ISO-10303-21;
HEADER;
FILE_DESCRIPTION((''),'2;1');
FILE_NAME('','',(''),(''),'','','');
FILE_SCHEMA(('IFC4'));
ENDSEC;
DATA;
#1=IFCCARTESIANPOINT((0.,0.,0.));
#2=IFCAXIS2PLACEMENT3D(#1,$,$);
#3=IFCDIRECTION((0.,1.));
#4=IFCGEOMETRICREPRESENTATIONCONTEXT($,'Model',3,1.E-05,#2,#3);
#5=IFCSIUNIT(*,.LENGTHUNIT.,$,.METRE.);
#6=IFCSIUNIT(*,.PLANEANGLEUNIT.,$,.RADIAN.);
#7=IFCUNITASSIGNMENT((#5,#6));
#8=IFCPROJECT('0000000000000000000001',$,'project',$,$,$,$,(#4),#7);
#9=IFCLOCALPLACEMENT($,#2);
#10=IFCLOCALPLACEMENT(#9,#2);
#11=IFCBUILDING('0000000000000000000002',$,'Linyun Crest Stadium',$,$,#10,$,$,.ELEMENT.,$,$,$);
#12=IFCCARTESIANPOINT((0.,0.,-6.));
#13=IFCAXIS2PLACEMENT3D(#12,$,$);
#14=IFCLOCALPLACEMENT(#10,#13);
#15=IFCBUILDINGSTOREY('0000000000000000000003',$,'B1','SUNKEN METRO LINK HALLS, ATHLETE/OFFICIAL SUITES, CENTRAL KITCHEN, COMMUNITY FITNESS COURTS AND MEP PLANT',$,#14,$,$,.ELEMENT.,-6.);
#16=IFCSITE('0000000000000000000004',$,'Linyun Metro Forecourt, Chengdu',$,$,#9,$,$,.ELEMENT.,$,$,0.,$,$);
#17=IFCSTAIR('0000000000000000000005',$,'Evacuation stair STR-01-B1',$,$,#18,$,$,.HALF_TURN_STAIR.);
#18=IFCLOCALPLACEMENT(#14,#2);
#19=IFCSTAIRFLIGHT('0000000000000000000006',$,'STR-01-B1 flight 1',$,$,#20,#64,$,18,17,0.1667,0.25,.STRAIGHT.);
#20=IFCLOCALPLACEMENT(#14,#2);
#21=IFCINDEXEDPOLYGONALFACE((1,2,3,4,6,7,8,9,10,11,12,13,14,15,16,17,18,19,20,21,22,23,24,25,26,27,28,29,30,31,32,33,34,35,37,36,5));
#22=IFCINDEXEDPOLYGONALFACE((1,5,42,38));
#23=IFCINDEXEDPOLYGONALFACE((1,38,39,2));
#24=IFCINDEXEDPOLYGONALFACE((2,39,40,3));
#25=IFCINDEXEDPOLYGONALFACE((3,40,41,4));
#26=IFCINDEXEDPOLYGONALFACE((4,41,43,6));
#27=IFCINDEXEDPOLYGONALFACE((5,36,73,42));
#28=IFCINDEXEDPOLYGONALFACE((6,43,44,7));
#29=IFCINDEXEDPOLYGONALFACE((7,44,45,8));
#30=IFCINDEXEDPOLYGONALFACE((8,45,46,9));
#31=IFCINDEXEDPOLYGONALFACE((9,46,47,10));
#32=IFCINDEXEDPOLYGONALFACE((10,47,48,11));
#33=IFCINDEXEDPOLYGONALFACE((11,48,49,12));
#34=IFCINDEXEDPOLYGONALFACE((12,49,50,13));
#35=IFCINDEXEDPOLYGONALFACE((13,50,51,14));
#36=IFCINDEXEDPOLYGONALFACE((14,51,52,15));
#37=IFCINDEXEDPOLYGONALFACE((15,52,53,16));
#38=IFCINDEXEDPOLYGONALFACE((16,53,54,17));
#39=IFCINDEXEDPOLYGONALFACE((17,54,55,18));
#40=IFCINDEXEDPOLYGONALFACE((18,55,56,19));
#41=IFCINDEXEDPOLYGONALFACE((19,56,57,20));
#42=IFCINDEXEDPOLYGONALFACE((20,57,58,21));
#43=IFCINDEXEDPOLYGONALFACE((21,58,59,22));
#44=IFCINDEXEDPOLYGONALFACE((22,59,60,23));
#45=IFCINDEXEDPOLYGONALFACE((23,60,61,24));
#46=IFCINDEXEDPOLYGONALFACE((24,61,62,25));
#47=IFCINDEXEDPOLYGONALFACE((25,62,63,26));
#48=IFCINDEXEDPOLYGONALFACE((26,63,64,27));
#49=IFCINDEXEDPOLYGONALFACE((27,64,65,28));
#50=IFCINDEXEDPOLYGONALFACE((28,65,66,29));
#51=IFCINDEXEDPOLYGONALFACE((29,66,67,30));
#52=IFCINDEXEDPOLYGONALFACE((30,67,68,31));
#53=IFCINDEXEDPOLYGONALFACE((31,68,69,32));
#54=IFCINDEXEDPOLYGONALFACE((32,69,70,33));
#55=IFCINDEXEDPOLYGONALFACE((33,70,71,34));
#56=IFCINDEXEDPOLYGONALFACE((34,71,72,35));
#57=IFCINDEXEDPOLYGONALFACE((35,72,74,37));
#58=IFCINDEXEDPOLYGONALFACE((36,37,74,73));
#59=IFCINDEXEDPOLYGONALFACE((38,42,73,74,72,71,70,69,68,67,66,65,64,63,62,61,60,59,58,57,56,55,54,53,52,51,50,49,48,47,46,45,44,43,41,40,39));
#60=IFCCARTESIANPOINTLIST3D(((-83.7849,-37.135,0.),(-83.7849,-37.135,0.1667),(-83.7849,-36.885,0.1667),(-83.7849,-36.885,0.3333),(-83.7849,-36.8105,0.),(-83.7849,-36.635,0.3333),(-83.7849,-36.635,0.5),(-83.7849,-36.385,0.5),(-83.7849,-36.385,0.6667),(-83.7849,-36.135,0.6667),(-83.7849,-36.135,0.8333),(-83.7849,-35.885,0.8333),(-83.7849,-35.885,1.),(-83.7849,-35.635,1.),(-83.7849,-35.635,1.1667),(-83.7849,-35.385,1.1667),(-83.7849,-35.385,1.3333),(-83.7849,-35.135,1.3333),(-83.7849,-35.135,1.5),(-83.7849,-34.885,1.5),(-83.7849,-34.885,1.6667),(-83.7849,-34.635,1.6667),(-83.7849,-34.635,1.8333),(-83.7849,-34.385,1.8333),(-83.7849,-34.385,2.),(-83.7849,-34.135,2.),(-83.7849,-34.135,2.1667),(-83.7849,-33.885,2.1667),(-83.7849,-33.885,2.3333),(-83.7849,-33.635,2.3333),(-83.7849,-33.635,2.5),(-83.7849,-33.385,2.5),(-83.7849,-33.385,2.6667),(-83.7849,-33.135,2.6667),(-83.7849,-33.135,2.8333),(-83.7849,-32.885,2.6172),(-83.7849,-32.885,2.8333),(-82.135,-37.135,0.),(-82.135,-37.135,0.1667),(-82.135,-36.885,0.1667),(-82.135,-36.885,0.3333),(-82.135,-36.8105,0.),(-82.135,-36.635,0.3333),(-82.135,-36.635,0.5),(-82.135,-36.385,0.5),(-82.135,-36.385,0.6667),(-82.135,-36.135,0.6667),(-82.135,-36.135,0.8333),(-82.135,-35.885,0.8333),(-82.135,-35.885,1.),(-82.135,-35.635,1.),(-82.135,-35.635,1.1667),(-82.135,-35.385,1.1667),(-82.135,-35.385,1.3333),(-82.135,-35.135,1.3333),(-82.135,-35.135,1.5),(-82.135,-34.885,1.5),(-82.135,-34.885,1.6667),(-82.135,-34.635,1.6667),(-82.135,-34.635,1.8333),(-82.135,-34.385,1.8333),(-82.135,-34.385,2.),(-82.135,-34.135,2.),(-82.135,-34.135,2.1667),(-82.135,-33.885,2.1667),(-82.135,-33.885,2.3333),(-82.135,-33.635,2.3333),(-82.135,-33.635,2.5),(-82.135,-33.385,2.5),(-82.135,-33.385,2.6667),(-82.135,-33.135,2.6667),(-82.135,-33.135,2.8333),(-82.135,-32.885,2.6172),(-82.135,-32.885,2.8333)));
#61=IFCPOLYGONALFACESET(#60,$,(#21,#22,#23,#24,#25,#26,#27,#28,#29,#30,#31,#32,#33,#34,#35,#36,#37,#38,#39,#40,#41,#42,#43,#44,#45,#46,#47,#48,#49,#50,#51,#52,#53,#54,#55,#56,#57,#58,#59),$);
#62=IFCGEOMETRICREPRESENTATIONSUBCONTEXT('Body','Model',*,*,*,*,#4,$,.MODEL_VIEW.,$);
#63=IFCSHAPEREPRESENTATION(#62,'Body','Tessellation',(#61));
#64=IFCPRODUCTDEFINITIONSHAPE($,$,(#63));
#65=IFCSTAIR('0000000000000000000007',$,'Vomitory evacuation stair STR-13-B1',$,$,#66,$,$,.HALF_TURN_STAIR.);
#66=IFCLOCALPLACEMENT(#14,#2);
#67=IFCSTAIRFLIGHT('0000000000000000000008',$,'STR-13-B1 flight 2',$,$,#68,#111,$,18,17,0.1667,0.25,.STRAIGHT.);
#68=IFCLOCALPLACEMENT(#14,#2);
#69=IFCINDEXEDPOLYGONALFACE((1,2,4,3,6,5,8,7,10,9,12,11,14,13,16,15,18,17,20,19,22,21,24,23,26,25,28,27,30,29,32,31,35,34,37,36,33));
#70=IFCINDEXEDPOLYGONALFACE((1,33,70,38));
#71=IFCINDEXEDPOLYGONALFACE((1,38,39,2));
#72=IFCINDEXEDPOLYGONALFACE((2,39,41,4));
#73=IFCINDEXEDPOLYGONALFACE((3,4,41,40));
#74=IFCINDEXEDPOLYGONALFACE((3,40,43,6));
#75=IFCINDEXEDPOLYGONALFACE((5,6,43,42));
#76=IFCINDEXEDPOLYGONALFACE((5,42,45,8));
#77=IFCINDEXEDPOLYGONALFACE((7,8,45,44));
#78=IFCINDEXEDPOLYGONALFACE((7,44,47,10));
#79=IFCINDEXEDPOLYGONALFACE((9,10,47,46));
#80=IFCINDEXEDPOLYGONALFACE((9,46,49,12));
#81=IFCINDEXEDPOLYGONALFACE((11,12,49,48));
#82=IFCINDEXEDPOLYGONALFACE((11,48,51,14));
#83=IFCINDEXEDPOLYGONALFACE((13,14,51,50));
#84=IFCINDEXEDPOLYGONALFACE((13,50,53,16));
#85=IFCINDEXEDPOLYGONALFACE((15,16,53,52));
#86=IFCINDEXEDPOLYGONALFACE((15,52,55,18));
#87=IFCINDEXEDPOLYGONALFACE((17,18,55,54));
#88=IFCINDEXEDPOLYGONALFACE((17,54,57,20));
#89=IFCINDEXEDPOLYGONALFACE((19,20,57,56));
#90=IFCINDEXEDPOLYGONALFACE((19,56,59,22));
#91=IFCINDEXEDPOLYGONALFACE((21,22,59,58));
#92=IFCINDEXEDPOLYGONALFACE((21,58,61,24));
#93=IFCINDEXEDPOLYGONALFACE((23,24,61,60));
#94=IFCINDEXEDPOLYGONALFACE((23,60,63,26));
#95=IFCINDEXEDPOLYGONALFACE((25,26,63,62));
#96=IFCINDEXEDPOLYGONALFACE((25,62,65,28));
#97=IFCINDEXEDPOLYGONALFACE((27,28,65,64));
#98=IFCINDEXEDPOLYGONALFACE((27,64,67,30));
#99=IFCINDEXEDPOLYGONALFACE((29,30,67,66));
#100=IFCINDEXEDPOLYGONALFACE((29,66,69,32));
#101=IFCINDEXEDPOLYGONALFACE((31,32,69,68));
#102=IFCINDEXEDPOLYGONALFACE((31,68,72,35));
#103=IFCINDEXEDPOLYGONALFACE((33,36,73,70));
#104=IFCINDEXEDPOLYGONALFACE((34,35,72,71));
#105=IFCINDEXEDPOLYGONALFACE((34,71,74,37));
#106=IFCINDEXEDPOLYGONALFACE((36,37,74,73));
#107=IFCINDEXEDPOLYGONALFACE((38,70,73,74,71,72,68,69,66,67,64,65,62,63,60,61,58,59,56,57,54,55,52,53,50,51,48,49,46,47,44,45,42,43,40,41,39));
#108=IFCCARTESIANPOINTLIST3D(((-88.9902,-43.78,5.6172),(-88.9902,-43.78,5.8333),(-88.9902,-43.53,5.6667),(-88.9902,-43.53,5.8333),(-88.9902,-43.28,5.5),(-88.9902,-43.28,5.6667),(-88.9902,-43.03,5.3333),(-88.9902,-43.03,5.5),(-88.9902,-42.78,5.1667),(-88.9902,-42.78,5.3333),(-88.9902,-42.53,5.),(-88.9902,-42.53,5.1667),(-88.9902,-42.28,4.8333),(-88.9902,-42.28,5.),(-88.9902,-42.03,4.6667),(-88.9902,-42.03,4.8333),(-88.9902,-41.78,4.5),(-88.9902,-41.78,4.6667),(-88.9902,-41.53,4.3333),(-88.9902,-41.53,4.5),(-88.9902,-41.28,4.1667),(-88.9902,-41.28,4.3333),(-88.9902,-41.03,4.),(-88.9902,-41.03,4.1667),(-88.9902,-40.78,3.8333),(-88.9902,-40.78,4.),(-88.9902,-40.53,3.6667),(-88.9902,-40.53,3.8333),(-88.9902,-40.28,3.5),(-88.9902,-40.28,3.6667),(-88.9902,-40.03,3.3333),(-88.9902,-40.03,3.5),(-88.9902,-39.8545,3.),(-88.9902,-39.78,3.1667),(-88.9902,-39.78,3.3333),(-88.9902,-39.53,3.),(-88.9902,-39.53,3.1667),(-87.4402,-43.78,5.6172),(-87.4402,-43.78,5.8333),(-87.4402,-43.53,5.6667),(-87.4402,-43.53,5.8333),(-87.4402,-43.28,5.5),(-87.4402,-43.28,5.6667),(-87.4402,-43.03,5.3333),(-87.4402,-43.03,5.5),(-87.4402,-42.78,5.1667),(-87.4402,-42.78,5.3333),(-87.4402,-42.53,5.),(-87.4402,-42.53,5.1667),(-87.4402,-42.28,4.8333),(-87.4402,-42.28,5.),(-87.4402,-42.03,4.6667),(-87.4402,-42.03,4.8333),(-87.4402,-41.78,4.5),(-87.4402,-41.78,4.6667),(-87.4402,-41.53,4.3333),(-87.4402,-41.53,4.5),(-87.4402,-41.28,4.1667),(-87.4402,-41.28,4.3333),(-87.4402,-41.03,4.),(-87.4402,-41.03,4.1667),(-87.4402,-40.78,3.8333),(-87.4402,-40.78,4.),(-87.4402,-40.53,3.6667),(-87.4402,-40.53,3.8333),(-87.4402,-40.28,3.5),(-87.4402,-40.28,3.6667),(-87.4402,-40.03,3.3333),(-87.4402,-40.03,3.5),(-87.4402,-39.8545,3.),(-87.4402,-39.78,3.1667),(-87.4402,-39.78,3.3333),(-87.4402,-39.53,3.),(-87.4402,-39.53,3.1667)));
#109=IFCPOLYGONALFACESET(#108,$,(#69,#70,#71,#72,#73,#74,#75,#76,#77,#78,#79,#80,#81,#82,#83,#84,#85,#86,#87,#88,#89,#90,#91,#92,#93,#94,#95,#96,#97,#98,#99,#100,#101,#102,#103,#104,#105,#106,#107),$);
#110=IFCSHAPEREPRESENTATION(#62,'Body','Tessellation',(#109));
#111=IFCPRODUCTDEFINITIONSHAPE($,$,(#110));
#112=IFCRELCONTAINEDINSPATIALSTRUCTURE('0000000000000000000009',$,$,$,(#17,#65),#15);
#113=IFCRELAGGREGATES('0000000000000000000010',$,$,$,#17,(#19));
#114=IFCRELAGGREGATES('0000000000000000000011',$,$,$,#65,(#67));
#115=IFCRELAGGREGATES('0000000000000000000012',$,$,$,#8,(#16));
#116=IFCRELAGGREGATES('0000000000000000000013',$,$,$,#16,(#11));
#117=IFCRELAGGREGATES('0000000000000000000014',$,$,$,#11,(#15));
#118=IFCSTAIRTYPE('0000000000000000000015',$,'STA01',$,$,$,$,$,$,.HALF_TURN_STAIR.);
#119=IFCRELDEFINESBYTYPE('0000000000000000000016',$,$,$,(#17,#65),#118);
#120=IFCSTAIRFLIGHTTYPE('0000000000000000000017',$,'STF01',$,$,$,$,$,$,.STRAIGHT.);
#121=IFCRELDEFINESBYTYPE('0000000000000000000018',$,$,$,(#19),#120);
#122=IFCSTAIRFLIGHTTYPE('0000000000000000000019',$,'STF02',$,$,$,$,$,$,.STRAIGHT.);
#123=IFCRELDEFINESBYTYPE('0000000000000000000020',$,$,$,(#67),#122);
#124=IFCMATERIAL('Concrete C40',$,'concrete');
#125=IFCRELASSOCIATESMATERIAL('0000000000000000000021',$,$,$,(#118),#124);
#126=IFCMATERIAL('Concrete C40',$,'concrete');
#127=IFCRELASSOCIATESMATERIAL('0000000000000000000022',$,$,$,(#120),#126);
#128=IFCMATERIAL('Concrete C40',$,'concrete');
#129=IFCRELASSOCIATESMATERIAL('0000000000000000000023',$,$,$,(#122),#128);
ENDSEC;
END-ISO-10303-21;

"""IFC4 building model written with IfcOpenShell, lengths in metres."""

from ifc_helpers import new_model, si_unit, direction, frame, origin, place, context, subcontext, project, spatial, polyline, outline, extrude, material, type_object, element, aggregate, save


model = new_model("IFC4")

# Units and contexts
model_context = context("Model", 3, precision=1e-05, world=origin(), true_north=direction((0.0, 1.0)))
body_context = subcontext(model_context, "Body", "Model", "MODEL_VIEW")
ifc_project = project(units=[si_unit("LENGTHUNIT", "METRE"), si_unit("PLANEANGLEUNIT", "RADIAN")], contexts=[model_context])

# Site, building, storey
site_placement = place(None, origin())
site = spatial("IfcSite", under=ifc_project, at=site_placement, Name="Linyun Metro Forecourt, Chengdu", CompositionType="ELEMENT", RefElevation=0.0)
building_placement = place(site_placement, origin())
building = spatial("IfcBuilding", under=site, at=building_placement, Name="Linyun Crest Stadium", CompositionType="ELEMENT")
storey_placement = place(building_placement, frame((0.0, 0.0, -6.0)))
storey = spatial("IfcBuildingStorey", under=building, at=storey_placement, Name="B1", Description="SUNKEN METRO LINK HALLS, ATHLETE/OFFICIAL SUITES, CENTRAL KITCHEN, COMMUNITY FITNESS COURTS AND MEP PLANT", CompositionType="ELEMENT", Elevation=-6.0)

# Stairs, stair flights
ifc_material_1 = material(Name="Concrete C40", Category="concrete")
stair_type = type_object("IfcStairType", Name="STA01", PredefinedType="HALF_TURN_STAIR", material=ifc_material_1)
stair_1_placement = place(storey_placement, origin())
stair_1 = element("IfcStair", 1, at=stair_1_placement, inside=storey, type_object=stair_type, Name="Evacuation stair STR-01-B1", PredefinedType="HALF_TURN_STAIR")
ifc_material_2 = material(Name="Concrete C40", Category="concrete")
stair_flight_type_1 = type_object("IfcStairFlightType", Name="STF01", PredefinedType="STRAIGHT", material=ifc_material_2)
stair_flight_1_placement = place(storey_placement, frame((-82.96, -37.135, 0.0), z_axis=(0.0, 0.0, 1.0), x_axis=(0.0, 1.0, 0.0)))
stair_flight_1 = element("IfcStairFlight", 2, at=stair_flight_1_placement, type_object=stair_flight_type_1, Name="STR-01-B1 flight 1", NumberOfRisers=18, NumberOfTreads=17, PredefinedType="STRAIGHT", RiserHeight=0.1667, TreadLength=0.25, context=body_context, shape_type="SweptSolid", body=[
    extrude(outline(polyline([(0.0, 0.0), (0.0, 0.1667), (0.25, 0.1667), (0.25, 0.3333), (0.5, 0.3333), (0.5, 0.5), (0.75, 0.5), (0.75, 0.6667), (1.0, 0.6667), (1.0, 0.8333), (1.25, 0.8333), (1.25, 1.0), (1.5, 1.0), (1.5, 1.1667), (1.75, 1.1667), (1.75, 1.3333), (2.0, 1.3333), (2.0, 1.5), (2.25, 1.5), (2.25, 1.6667), (2.5, 1.6667), (2.5, 1.8333), (2.75, 1.8333), (2.75, 2.0), (3.0, 2.0), (3.0, 2.1667), (3.25, 2.1667), (3.25, 2.3333), (3.5, 2.3333), (3.5, 2.5), (3.75, 2.5), (3.75, 2.6667), (4.0, 2.6667), (4.0, 2.8333), (4.25, 2.8333), (4.25, 3.0), (4.25, 2.6172), (0.3245, 0.0), (0.0, 0.0)])), frame((0.0, 0.825, 0.0), z_axis=(0.0, -1.0, 0.0), x_axis=(1.0, 0.0, 0.0)), (0.0, 0.0, 1.0), 1.6499),
])
aggregate(stair_1, [stair_flight_1])
stair_2_placement = place(storey_placement, origin())
stair_2 = element("IfcStair", 3, at=stair_2_placement, inside=storey, type_object=stair_type, Name="Vomitory evacuation stair STR-13-B1", PredefinedType="HALF_TURN_STAIR")
ifc_material_3 = material(Name="Concrete C40", Category="concrete")
stair_flight_type_2 = type_object("IfcStairFlightType", Name="STF02", PredefinedType="STRAIGHT", material=ifc_material_3)
stair_flight_2_placement = place(storey_placement, frame((-88.2151, -39.53, 3.0), z_axis=(0.0, 0.0, 1.0), x_axis=(0.0, -1.0, 0.0)))
stair_flight_2 = element("IfcStairFlight", 4, at=stair_flight_2_placement, type_object=stair_flight_type_2, Name="STR-13-B1 flight 2", NumberOfRisers=18, NumberOfTreads=17, PredefinedType="STRAIGHT", RiserHeight=0.1667, TreadLength=0.25, context=body_context, shape_type="SweptSolid", body=[
    extrude(outline(polyline([(0.0, 0.0), (0.0, 0.1667), (0.25, 0.1667), (0.25, 0.3333), (0.5, 0.3333), (0.5, 0.5), (0.75, 0.5), (0.75, 0.6667), (1.0, 0.6667), (1.0, 0.8333), (1.25, 0.8333), (1.25, 1.0), (1.5, 1.0), (1.5, 1.1667), (1.75, 1.1667), (1.75, 1.3333), (2.0, 1.3333), (2.0, 1.5), (2.25, 1.5), (2.25, 1.6667), (2.5, 1.6667), (2.5, 1.8333), (2.75, 1.8333), (2.75, 2.0), (3.0, 2.0), (3.0, 2.1667), (3.25, 2.1667), (3.25, 2.3333), (3.5, 2.3333), (3.5, 2.5), (3.75, 2.5), (3.75, 2.6667), (4.0, 2.6667), (4.0, 2.8333), (4.25, 2.8333), (4.25, 3.0), (4.25, 2.6172), (0.3245, 0.0), (0.0, 0.0)])), frame((0.0, 0.7749, 0.0), z_axis=(0.0, -1.0, 0.0), x_axis=(1.0, 0.0, 0.0)), (0.0, 0.0, 1.0), 1.55),
])
aggregate(stair_2, [stair_flight_2])

save(model, "model.ifc")
